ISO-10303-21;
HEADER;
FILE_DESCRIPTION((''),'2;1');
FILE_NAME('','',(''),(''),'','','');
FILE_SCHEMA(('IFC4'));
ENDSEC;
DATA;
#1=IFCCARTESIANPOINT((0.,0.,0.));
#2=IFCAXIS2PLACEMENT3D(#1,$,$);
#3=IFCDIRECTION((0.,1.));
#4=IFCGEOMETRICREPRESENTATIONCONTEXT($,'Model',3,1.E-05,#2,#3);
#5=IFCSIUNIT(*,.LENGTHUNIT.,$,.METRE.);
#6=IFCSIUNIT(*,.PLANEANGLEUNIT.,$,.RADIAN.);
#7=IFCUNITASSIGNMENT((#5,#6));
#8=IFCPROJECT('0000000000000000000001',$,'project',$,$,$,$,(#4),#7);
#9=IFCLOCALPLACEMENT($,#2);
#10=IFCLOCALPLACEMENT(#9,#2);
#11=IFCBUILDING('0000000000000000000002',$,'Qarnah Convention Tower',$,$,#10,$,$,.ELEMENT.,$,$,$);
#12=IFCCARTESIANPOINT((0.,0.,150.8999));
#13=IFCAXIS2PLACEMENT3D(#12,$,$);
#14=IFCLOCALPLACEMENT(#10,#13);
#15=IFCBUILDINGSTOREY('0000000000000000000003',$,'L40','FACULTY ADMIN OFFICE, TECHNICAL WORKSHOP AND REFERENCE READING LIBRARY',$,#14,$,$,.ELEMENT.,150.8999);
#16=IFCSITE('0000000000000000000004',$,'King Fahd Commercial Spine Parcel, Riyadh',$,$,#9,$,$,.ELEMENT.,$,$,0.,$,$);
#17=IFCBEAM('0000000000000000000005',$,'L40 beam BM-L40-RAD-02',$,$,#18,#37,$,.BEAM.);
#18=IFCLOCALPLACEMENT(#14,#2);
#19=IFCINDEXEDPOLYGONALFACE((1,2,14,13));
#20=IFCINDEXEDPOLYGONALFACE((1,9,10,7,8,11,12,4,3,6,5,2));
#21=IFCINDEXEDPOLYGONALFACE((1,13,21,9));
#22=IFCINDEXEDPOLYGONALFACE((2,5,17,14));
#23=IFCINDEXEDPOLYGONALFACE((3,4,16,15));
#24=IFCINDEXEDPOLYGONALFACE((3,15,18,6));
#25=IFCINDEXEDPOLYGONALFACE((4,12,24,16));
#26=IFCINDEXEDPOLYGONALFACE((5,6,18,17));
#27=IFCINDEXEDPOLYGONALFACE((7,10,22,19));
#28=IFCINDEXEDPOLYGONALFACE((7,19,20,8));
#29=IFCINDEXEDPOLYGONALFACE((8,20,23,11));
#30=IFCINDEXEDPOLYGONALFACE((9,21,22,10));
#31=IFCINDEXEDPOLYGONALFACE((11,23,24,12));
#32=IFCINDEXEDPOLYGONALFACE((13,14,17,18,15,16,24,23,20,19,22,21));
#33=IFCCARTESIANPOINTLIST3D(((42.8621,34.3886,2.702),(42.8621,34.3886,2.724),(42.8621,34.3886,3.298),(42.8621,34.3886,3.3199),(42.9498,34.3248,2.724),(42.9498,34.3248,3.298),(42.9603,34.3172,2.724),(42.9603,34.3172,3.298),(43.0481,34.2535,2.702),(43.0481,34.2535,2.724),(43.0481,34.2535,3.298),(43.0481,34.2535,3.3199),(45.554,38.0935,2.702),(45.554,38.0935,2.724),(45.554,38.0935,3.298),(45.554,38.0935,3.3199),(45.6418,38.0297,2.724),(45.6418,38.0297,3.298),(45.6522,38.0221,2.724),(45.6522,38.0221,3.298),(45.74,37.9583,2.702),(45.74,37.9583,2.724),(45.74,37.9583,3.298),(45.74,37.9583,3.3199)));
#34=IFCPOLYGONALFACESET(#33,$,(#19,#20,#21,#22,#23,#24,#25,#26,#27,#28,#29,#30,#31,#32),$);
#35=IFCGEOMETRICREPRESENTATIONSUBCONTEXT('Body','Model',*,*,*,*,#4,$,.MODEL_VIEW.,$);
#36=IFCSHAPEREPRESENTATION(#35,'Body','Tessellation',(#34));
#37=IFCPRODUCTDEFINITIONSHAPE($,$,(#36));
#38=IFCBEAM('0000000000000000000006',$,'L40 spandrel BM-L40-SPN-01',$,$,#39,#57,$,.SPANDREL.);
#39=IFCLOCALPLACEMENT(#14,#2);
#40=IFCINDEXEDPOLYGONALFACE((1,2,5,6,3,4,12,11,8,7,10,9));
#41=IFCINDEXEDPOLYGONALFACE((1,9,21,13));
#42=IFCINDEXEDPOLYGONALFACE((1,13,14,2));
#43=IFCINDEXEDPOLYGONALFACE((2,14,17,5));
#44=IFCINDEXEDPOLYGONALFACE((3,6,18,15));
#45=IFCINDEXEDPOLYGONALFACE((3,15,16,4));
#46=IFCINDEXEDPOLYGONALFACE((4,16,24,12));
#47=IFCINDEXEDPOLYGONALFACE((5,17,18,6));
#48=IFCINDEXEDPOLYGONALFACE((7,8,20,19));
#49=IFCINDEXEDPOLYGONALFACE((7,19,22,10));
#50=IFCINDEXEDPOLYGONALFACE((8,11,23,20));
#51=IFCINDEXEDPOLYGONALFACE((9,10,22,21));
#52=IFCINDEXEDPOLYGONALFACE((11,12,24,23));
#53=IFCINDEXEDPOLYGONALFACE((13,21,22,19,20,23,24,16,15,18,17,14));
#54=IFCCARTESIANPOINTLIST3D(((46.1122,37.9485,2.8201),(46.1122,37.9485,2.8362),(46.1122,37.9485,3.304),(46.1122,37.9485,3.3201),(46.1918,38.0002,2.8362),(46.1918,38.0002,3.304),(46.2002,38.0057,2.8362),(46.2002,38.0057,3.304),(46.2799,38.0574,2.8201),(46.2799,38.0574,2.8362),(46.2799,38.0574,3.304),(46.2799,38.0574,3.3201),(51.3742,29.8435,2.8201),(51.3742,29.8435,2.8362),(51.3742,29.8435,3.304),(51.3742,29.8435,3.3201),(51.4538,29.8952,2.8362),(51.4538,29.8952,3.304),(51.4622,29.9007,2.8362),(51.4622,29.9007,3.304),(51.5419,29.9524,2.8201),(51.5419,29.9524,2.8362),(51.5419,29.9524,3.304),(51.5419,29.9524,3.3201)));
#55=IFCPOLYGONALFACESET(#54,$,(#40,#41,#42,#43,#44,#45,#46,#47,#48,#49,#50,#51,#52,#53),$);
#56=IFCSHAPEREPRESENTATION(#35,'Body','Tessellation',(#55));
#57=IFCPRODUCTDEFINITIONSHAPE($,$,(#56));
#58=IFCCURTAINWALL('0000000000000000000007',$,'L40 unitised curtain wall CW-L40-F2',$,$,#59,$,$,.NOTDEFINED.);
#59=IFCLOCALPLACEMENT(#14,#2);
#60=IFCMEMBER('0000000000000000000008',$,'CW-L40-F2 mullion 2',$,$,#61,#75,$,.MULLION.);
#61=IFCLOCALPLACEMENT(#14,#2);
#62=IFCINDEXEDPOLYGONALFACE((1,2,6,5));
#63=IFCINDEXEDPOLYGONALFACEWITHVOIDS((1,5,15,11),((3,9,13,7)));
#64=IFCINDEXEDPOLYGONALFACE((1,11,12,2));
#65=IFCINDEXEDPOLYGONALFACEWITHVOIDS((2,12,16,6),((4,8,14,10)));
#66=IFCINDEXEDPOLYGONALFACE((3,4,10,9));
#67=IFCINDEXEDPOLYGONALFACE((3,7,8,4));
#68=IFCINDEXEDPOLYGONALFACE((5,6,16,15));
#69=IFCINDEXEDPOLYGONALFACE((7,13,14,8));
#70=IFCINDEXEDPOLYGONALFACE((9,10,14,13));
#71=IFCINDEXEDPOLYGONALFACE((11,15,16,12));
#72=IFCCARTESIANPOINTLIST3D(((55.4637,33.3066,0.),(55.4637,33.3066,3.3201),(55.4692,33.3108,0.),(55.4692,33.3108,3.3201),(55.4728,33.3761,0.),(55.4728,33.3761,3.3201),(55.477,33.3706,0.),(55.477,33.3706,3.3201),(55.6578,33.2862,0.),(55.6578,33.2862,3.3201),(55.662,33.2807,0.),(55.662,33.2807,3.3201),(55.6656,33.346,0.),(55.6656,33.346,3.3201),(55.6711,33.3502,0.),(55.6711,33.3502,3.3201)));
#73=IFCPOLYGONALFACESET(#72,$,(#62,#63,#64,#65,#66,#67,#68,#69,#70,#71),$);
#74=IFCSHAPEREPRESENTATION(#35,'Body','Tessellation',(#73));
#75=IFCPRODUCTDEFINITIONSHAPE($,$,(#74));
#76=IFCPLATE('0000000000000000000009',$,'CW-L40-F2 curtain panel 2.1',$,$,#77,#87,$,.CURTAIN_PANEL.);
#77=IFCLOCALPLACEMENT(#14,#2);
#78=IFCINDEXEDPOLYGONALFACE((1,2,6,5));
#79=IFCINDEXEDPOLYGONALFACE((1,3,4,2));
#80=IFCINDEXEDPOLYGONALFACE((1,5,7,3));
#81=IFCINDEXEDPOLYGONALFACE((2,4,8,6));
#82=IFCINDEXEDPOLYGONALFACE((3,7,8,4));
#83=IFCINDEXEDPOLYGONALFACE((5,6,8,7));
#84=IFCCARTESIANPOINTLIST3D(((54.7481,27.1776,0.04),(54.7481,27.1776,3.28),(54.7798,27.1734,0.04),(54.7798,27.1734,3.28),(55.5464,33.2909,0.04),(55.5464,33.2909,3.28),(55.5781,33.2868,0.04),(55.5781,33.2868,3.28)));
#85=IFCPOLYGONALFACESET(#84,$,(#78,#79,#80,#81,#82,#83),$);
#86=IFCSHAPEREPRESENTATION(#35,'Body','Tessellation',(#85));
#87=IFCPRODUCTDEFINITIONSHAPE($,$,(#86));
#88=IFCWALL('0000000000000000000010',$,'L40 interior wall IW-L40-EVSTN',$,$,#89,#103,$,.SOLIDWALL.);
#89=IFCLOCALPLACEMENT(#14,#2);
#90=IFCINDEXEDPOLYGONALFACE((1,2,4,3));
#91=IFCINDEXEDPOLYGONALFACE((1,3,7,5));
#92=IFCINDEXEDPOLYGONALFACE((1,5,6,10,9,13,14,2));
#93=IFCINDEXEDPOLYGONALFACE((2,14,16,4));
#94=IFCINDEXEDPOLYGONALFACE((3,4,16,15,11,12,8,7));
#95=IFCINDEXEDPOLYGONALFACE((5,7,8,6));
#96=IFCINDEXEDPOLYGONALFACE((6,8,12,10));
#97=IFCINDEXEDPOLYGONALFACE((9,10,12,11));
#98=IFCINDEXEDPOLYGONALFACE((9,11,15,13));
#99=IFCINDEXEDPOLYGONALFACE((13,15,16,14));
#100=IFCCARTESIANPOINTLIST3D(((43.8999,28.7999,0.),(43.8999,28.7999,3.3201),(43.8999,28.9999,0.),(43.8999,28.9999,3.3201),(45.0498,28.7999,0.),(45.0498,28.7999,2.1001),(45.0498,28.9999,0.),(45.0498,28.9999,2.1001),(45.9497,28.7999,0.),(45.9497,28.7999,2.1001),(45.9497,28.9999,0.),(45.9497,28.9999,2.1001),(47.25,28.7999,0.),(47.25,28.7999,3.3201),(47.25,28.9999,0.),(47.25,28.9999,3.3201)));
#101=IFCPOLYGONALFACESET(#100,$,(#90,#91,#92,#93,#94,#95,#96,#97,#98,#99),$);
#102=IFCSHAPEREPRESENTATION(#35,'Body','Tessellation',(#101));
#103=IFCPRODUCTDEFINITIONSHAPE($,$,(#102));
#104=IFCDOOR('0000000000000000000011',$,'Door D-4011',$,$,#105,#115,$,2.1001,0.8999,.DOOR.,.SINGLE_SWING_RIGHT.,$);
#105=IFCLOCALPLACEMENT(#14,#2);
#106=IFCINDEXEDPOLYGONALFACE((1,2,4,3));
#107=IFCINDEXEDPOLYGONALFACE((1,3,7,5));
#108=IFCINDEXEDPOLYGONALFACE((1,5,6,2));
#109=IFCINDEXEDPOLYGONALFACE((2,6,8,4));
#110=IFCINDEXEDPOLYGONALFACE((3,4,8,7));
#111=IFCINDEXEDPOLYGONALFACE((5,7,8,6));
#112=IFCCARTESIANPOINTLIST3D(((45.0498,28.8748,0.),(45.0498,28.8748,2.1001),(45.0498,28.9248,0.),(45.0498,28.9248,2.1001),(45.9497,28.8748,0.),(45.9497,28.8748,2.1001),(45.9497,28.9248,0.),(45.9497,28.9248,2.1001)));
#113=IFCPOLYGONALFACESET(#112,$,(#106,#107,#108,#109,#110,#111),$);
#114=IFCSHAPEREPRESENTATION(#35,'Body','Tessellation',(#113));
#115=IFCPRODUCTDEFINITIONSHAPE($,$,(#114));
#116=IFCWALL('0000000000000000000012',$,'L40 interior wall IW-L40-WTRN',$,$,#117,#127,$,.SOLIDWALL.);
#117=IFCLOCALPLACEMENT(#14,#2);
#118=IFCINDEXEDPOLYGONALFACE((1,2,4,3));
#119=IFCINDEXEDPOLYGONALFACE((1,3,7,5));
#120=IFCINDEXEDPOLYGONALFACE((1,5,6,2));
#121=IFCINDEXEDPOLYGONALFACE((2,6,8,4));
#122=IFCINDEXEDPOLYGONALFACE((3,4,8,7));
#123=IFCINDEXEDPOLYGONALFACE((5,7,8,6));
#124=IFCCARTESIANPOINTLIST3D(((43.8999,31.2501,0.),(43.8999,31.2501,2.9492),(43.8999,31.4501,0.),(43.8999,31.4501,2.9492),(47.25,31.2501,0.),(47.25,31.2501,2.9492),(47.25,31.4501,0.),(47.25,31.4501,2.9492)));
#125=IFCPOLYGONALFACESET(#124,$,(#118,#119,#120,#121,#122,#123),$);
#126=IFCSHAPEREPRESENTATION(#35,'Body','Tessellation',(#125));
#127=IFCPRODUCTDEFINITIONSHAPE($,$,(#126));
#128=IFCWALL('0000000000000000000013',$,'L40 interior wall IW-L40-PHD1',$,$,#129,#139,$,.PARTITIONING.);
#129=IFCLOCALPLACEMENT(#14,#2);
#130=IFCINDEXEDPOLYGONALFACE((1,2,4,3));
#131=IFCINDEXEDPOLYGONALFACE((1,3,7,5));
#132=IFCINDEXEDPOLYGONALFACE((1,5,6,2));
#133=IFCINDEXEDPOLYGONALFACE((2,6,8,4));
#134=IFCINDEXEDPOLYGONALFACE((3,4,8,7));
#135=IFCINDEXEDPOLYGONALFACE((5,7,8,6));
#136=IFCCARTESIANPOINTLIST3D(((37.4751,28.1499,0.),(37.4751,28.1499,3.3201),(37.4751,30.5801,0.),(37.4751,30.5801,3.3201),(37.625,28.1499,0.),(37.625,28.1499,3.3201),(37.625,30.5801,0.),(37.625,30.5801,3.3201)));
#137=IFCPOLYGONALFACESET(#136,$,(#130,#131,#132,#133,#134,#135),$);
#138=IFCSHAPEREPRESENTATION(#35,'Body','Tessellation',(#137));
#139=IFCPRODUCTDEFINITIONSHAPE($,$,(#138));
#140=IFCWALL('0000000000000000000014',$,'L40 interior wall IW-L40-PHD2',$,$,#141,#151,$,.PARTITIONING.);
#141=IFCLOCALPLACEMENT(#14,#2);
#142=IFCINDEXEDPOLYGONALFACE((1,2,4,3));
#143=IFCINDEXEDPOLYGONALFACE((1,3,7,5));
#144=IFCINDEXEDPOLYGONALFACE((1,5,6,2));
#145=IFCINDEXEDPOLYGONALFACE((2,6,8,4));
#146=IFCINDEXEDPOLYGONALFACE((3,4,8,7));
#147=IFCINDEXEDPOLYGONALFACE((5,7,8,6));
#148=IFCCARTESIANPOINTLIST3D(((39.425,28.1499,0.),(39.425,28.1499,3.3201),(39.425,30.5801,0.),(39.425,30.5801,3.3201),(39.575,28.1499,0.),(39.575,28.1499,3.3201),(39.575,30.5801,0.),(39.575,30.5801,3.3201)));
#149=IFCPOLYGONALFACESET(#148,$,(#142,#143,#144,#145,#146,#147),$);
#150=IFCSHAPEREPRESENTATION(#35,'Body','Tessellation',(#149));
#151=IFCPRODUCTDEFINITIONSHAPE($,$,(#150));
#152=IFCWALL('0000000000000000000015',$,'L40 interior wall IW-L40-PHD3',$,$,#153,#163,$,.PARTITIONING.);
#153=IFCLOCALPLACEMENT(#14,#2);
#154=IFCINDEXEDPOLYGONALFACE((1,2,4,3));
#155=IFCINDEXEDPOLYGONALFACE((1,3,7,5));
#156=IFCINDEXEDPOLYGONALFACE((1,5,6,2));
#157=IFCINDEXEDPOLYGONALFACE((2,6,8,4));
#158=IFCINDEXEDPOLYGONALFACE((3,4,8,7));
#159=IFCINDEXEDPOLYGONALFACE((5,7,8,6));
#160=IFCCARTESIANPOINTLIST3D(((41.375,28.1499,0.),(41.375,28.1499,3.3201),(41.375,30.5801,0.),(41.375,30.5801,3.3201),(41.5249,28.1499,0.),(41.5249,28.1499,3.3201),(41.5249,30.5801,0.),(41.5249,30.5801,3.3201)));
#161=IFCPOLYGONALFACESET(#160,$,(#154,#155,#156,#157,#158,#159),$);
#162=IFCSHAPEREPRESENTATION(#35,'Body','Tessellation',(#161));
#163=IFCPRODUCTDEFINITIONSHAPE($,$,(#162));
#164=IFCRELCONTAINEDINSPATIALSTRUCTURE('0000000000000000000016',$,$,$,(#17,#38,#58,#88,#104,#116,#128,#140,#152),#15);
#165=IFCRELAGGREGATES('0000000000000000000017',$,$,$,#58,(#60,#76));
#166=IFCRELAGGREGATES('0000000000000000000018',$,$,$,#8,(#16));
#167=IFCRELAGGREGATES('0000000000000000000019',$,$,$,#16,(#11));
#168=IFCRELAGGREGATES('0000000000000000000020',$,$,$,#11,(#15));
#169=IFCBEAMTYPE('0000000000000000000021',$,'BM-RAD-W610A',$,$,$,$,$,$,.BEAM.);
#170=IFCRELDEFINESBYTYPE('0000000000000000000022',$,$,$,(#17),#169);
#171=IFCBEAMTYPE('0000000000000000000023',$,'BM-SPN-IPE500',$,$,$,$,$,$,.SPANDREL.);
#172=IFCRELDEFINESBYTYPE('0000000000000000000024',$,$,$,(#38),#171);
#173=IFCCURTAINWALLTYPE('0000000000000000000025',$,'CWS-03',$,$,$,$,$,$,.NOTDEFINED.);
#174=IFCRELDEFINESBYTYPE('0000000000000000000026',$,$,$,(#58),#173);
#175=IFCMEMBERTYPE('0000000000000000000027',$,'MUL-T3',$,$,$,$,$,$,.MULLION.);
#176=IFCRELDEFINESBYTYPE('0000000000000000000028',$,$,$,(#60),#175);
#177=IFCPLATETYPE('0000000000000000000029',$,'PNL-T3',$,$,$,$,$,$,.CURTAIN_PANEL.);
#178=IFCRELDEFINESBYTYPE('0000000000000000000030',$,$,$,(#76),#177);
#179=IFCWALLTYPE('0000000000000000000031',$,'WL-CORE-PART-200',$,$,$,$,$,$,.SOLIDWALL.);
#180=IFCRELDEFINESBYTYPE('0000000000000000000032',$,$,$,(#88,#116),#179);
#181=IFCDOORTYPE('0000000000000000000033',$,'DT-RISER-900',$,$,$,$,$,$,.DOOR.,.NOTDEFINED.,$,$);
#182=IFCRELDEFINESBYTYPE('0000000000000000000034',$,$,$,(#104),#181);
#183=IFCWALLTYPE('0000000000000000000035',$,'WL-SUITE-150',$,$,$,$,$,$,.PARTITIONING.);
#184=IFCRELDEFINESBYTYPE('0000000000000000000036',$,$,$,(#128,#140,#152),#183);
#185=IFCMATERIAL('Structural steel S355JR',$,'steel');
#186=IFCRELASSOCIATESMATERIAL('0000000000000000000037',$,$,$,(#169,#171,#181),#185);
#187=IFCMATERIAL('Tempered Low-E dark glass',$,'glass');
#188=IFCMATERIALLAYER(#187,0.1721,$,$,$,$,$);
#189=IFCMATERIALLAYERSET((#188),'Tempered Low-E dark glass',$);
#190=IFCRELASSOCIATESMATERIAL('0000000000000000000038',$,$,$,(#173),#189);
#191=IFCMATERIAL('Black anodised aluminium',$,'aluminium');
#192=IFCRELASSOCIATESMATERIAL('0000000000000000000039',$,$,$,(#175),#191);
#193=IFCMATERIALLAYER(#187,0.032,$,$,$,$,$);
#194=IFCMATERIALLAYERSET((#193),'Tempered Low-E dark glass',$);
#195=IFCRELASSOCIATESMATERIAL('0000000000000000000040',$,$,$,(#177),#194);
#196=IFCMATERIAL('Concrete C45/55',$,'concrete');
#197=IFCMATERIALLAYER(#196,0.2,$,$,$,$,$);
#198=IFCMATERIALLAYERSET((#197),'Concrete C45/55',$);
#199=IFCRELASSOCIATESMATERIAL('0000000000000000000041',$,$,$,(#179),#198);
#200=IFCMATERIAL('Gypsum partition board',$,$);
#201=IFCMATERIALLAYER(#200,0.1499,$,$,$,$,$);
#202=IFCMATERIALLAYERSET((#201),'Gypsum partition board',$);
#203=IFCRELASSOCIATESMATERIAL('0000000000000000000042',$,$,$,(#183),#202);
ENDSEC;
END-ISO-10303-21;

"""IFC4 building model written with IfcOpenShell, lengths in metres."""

from ifc_helpers import new_model, si_unit, direction, frame, frame_2d, origin, origin_2d, place, context, subcontext, project, spatial, rectangle, hollow_rectangle, i_section, extrude, material, layer, layer_set, material_profile, profile_set, type_object, element, fill, aggregate, save


model = new_model("IFC4")

# Units and contexts
model_context = context("Model", 3, precision=1e-05, world=origin(), true_north=direction((0.0, 1.0)))
body_context = subcontext(model_context, "Body", "Model", "MODEL_VIEW")
ifc_project = project(units=[si_unit("LENGTHUNIT", "METRE"), si_unit("PLANEANGLEUNIT", "RADIAN")], contexts=[model_context])

# Site, building, storey
site_placement = place(None, origin())
site = spatial("IfcSite", under=ifc_project, at=site_placement, Name="King Fahd Commercial Spine Parcel, Riyadh", CompositionType="ELEMENT", RefElevation=0.0)
building_placement = place(site_placement, origin())
building = spatial("IfcBuilding", under=site, at=building_placement, Name="Qarnah Convention Tower", CompositionType="ELEMENT")
storey_placement = place(building_placement, frame((0.0, 0.0, 150.8999)))
storey = spatial("IfcBuildingStorey", under=building, at=storey_placement, Name="L40", Description="FACULTY ADMIN OFFICE, TECHNICAL WORKSHOP AND REFERENCE READING LIBRARY", CompositionType="ELEMENT", Elevation=150.8999)

# Beams
ifc_material_1 = material(Name="Structural steel S355JR", Category="steel")
ifc_material_profile_1 = material_profile(ifc_material_1, i_section(OverallWidth=0.23, OverallDepth=0.6179, WebThickness=0.0129, FlangeThickness=0.022, at=origin_2d()), Name="W610X140")
ifc_profile_set_1 = profile_set([ifc_material_profile_1], Name="Structural steel S355JR")
beam_type_1 = type_object("IfcBeamType", Name="BM-RAD-W610A", PredefinedType="BEAM", material=ifc_profile_set_1)
beam_1_placement = place(storey_placement, frame((42.9551, 34.321, 3.011), z_axis=(0.58781, 0.808999, 0.0), x_axis=(-0.808999, 0.58781, 0.0)))
element("IfcBeam", 1, at=beam_1_placement, inside=storey, type_object=beam_type_1, Name="L40 beam BM-L40-RAD-02", PredefinedType="BEAM", context=body_context, shape_type="SweptSolid", body=[
    extrude(i_section(OverallWidth=0.23, OverallDepth=0.6179, WebThickness=0.0129, FlangeThickness=0.022, at=origin_2d()), origin(), (0.0, 0.0, 1.0), 4.5796),
])
ifc_material_profile_2 = material_profile(ifc_material_1, i_section(OverallWidth=0.2, OverallDepth=0.5, WebThickness=0.01, FlangeThickness=0.0161, at=origin_2d()), Name="IPE500")
ifc_profile_set_2 = profile_set([ifc_material_profile_2], Name="Structural steel S355JR")
beam_type_2 = type_object("IfcBeamType", Name="BM-SPN-IPE500", PredefinedType="SPANDREL", material=ifc_profile_set_2)
beam_2_placement = place(storey_placement, frame((51.458, 29.8979, 3.0701), z_axis=(-0.544532, 0.83874, 0.0), x_axis=(-0.83874, -0.544532, 0.0)))
element("IfcBeam", 2, at=beam_2_placement, inside=storey, type_object=beam_type_2, Name="L40 spandrel BM-L40-SPN-01", PredefinedType="SPANDREL", context=body_context, shape_type="SweptSolid", body=[
    extrude(i_section(OverallWidth=0.2, OverallDepth=0.5, WebThickness=0.01, FlangeThickness=0.0161, at=origin_2d()), origin(), (0.0, 0.0, 1.0), 9.6633),
])

# Curtain wall, member, plate
ifc_material_2 = material(Name="Tempered Low-E dark glass", Category="glass")
ifc_layer_1 = layer(ifc_material_2, 0.1721)
ifc_layer_set_1 = layer_set([ifc_layer_1], Name="Tempered Low-E dark glass")
curtain_wall_type = type_object("IfcCurtainWallType", Name="CWS-03", PredefinedType="NOTDEFINED", material=ifc_layer_set_1)
curtain_wall_placement = place(storey_placement, origin())
curtain_wall = element("IfcCurtainWall", 3, at=curtain_wall_placement, inside=storey, type_object=curtain_wall_type, Name="L40 unitised curtain wall CW-L40-F2", PredefinedType="NOTDEFINED")
ifc_material_3 = material(Name="Black anodised aluminium", Category="aluminium")
ifc_material_profile_3 = material_profile(ifc_material_3, hollow_rectangle(XDim=0.0701, YDim=0.2, WallThickness=0.0049, at=origin_2d()), Name="MUL-70X200")
ifc_profile_set_3 = profile_set([ifc_material_profile_3], Name="Black anodised aluminium")
member_type = type_object("IfcMemberType", Name="MUL-T3", PredefinedType="MULLION", material=ifc_profile_set_3)
member_placement = place(storey_placement, frame((55.5674, 33.3284, 0.0), z_axis=(0.0, 0.0, 1.0), x_axis=(-0.129476, -0.991583, 0.0)))
member = element("IfcMember", 4, at=member_placement, type_object=member_type, Name="CW-L40-F2 mullion 2", PredefinedType="MULLION", context=body_context, shape_type="SweptSolid", body=[
    extrude(hollow_rectangle(XDim=0.0701, YDim=0.2, WallThickness=0.0049, at=origin_2d()), origin(), (0.0, 0.0, 1.0), 3.3201),
])
ifc_layer_2 = layer(ifc_material_2, 0.032)
ifc_layer_set_2 = layer_set([ifc_layer_2], Name="Tempered Low-E dark glass")
plate_type = type_object("IfcPlateType", Name="PNL-T3", PredefinedType="CURTAIN_PANEL", material=ifc_layer_set_2)
plate_placement = place(storey_placement, frame((55.1631, 30.2322, 0.04), z_axis=(0.0, 0.0, 1.0), x_axis=(-0.129476, -0.991583, 0.0)))
plate = element("IfcPlate", 5, at=plate_placement, type_object=plate_type, Name="CW-L40-F2 curtain panel 2.1", PredefinedType="CURTAIN_PANEL", context=body_context, shape_type="SweptSolid", body=[
    extrude(rectangle(XDim=6.1653, YDim=0.032, at=origin_2d()), origin(), (0.0, 0.0, 1.0), 3.24),
])
aggregate(curtain_wall, [member, plate])

# Wall, opening, door
ifc_material_4 = material(Name="Concrete C45/55", Category="concrete")
ifc_layer_3 = layer(ifc_material_4, 0.2)
ifc_layer_set_3 = layer_set([ifc_layer_3], Name="Concrete C45/55")
wall_type_1 = type_object("IfcWallType", Name="WL-CORE-PART-200", PredefinedType="SOLIDWALL", material=ifc_layer_set_3)
wall_1_placement = place(storey_placement, frame((43.8999, 28.8999, 0.0), z_axis=(0.0, 0.0, 1.0), x_axis=(1.0, 0.0, 0.0)))
wall_1 = element("IfcWall", 6, at=wall_1_placement, inside=storey, type_object=wall_type_1, Name="L40 interior wall IW-L40-EVSTN", PredefinedType="SOLIDWALL", context=body_context, shape_type="SweptSolid", body=[
    extrude(rectangle(XDim=3.3501, YDim=0.2, at=frame_2d((1.675, 0.0))), origin(), (0.0, 0.0, 1.0), 3.3201),
])
opening_1_placement = place(wall_1_placement, frame((1.1499, 0.0, 0.0)))
opening_1 = element("IfcOpeningElement", 7, at=opening_1_placement, cuts=wall_1, PredefinedType="OPENING", context=body_context, shape_type="SweptSolid", body=[
    extrude(rectangle(XDim=0.8999, YDim=2.1001, at=frame_2d((0.45, 1.05))), frame((0.0, 0.1099, 0.0), z_axis=(0.0, -1.0, 0.0), x_axis=(1.0, 0.0, 0.0)), (0.0, 0.0, 1.0), 0.22),
])
door_type_1 = type_object("IfcDoorType", Name="DT-RISER-900", OperationType="NOTDEFINED", PredefinedType="DOOR", material=ifc_material_1)
door_1_placement = place(opening_1_placement, origin())
door_1 = element("IfcDoor", 8, at=door_1_placement, inside=storey, type_object=door_type_1, Name="Door D-4011", OperationType="SINGLE_SWING_RIGHT", OverallHeight=2.1001, OverallWidth=0.8999, PredefinedType="DOOR", context=body_context, shape_type="SweptSolid", body=[
    extrude(rectangle(XDim=0.8999, YDim=2.1001, at=frame_2d((0.45, 1.05))), frame((0.0, 0.0249, 0.0), z_axis=(0.0, -1.0, 0.0), x_axis=(1.0, 0.0, 0.0)), (0.0, 0.0, 1.0), 0.05),
])
fill(opening_1, door_1)

# Walls
wall_2_placement = place(storey_placement, frame((43.8999, 31.3501, 0.0), z_axis=(0.0, 0.0, 1.0), x_axis=(1.0, 0.0, 0.0)))
element("IfcWall", 9, at=wall_2_placement, inside=storey, type_object=wall_type_1, Name="L40 interior wall IW-L40-WTRN", PredefinedType="SOLIDWALL", context=body_context, shape_type="SweptSolid", body=[
    extrude(rectangle(XDim=3.3501, YDim=0.2, at=frame_2d((1.675, 0.0))), origin(), (0.0, 0.0, 1.0), 2.9492),
])
ifc_material_5 = material(Name="Gypsum partition board")
ifc_layer_4 = layer(ifc_material_5, 0.1499)
ifc_layer_set_4 = layer_set([ifc_layer_4], Name="Gypsum partition board")
wall_type_2 = type_object("IfcWallType", Name="WL-SUITE-150", PredefinedType="PARTITIONING", material=ifc_layer_set_4)
for number, where, z_axis, x_axis, name in (
    (10, (37.55, 28.1499, 0.0), (0.0, 0.0, 1.0), (0.0, 1.0, 0.0), "L40 interior wall IW-L40-PHD1"),
    (11, (39.5, 28.1499, 0.0), (0.0, 0.0, 1.0), (0.0, 1.0, 0.0), "L40 interior wall IW-L40-PHD2"),
    (12, (41.45, 28.1499, 0.0), (0.0, 0.0, 1.0), (0.0, 1.0, 0.0), "L40 interior wall IW-L40-PHD3"),
):
    element("IfcWall", number, at=place(storey_placement, frame(where, z_axis=z_axis, x_axis=x_axis)), inside=storey, type_object=wall_type_2, Name=name, PredefinedType="PARTITIONING", context=body_context, shape_type="SweptSolid", body=[
        extrude(rectangle(XDim=2.4302, YDim=0.1499, at=frame_2d((1.2151, 0.0))), origin(), (0.0, 0.0, 1.0), 3.3201),
    ])

save(model, "model.ifc")
